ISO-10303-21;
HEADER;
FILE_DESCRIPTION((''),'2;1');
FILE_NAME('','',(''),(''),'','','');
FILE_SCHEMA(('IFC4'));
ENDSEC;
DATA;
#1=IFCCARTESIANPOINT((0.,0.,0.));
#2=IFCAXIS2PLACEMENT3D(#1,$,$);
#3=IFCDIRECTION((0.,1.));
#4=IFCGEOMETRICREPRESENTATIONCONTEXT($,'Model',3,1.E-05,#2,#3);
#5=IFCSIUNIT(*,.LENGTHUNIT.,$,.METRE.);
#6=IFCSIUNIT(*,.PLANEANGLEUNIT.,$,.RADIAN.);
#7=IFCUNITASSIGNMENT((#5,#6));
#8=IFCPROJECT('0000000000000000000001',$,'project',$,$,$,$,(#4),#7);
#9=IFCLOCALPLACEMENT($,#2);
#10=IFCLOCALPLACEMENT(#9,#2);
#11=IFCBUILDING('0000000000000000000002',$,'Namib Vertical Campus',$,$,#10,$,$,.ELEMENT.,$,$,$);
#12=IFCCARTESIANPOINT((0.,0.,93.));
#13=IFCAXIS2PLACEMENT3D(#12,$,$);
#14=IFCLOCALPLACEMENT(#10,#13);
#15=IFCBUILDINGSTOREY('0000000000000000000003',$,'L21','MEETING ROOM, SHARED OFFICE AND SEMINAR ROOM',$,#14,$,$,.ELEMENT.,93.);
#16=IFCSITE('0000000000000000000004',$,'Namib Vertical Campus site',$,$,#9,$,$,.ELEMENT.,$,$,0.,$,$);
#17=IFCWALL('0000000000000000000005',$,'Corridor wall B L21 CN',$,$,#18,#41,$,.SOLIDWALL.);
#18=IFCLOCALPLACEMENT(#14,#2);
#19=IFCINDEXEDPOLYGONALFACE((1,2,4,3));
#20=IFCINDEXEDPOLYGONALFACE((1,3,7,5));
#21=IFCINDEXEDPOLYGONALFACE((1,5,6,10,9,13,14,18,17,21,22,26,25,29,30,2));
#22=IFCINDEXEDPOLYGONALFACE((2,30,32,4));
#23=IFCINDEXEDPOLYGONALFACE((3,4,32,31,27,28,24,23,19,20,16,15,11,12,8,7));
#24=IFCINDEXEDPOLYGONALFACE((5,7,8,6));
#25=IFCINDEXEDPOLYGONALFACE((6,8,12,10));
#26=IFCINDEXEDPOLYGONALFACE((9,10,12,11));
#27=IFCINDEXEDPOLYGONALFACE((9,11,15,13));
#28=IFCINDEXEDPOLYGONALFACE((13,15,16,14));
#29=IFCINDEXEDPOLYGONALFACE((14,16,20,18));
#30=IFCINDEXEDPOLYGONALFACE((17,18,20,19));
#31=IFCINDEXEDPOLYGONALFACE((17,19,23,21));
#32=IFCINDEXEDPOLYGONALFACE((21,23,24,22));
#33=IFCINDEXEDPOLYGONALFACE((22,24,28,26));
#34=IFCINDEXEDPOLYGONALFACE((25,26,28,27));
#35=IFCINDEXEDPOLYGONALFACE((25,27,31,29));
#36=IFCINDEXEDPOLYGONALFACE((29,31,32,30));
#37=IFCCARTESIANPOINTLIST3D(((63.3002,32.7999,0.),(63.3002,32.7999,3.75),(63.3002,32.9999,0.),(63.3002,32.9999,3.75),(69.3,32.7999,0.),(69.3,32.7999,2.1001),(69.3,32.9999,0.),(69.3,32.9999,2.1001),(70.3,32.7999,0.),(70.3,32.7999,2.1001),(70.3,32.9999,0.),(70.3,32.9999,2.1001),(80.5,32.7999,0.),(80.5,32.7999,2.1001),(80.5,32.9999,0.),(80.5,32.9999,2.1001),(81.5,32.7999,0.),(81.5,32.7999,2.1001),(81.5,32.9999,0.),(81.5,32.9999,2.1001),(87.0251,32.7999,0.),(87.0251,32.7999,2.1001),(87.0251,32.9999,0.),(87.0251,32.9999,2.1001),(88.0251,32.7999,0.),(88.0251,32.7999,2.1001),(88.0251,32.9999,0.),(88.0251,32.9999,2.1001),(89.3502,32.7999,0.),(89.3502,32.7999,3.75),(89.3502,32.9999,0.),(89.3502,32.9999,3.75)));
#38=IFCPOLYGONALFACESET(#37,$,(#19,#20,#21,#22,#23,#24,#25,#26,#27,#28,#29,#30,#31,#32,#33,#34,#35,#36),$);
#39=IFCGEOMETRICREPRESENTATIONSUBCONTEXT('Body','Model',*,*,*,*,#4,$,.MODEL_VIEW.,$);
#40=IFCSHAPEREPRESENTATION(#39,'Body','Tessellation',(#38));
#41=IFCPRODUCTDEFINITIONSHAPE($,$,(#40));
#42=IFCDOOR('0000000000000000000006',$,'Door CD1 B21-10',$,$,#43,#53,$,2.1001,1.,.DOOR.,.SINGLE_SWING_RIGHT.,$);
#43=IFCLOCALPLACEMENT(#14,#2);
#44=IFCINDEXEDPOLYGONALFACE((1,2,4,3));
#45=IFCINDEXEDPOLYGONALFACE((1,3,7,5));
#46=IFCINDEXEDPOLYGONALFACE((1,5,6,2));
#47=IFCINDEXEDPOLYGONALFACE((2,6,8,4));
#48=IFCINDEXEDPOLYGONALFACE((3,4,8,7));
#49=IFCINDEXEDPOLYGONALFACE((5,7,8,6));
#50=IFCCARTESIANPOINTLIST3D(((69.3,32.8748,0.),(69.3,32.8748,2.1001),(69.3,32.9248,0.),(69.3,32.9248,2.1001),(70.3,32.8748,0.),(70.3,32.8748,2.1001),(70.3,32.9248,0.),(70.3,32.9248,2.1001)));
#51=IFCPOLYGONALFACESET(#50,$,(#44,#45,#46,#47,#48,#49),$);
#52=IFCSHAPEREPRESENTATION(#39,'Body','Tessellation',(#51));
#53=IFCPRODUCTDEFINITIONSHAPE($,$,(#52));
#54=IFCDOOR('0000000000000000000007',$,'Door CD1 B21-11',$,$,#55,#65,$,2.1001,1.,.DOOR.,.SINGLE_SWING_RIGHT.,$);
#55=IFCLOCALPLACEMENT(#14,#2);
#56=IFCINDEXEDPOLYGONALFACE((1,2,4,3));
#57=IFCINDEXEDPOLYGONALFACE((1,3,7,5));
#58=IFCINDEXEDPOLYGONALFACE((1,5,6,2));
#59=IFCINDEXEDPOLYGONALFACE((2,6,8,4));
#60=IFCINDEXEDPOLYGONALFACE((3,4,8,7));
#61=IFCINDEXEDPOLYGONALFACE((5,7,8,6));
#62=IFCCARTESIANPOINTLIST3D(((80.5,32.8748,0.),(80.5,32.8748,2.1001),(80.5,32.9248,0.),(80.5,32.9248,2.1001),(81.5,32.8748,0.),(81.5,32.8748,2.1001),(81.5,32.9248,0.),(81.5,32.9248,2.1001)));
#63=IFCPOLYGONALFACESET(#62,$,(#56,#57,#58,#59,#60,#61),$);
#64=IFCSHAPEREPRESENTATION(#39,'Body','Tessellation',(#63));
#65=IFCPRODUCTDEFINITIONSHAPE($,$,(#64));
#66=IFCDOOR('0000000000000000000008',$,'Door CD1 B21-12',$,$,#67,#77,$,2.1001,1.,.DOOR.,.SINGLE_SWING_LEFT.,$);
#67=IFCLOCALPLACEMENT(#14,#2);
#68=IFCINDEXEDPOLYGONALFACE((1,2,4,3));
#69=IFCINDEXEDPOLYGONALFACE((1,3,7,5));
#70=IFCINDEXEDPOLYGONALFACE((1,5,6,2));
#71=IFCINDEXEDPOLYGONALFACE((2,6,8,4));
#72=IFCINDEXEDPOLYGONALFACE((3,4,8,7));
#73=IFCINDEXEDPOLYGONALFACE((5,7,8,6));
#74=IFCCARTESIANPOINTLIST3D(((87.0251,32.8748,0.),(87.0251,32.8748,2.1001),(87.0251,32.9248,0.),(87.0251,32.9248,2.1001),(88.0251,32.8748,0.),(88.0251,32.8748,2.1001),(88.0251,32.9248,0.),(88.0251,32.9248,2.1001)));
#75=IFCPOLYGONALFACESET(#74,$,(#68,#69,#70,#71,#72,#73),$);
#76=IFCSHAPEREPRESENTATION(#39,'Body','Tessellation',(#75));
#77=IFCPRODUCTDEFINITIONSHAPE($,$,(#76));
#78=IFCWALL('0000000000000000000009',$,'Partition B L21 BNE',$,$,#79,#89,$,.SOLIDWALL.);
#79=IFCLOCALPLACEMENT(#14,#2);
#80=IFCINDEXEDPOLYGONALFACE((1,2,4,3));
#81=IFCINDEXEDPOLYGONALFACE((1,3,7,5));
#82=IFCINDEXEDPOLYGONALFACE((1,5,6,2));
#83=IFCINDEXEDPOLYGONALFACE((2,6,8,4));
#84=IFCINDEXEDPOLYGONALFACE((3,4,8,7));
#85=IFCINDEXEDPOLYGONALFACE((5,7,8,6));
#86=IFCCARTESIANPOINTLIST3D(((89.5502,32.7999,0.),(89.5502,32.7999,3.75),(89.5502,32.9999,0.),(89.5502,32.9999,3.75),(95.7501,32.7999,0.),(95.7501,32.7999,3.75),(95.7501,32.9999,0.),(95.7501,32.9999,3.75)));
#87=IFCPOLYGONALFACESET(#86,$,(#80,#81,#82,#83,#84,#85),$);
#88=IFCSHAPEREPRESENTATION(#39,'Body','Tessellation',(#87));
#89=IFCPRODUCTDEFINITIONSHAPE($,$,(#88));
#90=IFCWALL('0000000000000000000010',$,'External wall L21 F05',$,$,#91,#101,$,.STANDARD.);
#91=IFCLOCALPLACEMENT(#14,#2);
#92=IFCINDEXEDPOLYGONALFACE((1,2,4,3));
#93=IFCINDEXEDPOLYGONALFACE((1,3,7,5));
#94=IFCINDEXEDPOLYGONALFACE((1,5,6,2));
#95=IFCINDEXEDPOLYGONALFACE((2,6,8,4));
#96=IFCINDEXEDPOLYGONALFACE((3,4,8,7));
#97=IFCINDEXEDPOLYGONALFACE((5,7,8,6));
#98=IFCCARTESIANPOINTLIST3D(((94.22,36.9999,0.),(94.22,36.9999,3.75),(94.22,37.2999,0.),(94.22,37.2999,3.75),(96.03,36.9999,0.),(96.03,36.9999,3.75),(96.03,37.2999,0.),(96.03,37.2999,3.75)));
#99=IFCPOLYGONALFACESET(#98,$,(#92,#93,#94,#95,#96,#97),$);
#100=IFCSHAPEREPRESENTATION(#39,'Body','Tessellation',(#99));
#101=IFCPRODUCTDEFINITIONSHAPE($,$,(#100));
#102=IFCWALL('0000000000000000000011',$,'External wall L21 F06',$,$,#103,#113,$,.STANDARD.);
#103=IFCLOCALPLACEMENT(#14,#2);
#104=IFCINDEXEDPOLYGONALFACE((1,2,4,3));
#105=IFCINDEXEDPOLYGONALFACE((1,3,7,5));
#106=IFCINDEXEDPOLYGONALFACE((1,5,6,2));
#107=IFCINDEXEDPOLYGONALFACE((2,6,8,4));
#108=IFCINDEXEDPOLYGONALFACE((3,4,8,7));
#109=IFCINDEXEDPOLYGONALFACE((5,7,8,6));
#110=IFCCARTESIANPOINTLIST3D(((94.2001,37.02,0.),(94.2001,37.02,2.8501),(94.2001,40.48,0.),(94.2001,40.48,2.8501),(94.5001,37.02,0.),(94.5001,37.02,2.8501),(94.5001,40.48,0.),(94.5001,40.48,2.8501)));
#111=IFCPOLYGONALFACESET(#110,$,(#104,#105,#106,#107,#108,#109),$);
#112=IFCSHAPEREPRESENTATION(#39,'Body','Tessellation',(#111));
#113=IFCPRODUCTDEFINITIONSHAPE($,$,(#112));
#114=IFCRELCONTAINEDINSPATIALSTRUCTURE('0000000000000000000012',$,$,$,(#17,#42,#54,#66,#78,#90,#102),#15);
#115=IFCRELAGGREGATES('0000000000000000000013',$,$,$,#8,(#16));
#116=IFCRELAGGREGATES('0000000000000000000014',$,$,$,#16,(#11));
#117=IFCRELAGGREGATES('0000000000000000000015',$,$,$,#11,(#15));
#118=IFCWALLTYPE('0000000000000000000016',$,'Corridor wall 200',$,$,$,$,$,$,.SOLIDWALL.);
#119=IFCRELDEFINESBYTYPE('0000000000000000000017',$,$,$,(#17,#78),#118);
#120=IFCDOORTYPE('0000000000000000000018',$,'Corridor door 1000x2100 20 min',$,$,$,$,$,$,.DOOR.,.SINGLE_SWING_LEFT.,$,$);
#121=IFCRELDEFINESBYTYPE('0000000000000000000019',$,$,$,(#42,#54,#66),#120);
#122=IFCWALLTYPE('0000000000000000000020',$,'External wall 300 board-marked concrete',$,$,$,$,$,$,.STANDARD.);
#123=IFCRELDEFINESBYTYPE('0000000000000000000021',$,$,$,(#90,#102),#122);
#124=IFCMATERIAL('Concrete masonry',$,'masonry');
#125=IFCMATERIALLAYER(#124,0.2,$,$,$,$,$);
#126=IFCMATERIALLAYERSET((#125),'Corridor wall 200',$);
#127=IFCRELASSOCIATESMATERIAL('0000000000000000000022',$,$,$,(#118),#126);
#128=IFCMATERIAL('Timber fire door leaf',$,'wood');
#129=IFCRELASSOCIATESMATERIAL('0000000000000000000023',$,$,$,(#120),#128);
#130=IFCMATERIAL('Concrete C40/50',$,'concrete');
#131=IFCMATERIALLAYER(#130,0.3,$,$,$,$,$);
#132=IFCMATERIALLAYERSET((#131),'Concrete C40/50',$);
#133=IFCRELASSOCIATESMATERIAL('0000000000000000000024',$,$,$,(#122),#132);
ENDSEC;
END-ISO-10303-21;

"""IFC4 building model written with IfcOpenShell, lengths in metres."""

from ifc_helpers import new_model, si_unit, direction, frame, frame_2d, origin, place, context, subcontext, project, spatial, rectangle, extrude, material, layer, layer_set, type_object, element, fill, save


model = new_model("IFC4")

# Units and contexts
model_context = context("Model", 3, precision=1e-05, world=origin(), true_north=direction((0.0, 1.0)))
body_context = subcontext(model_context, "Body", "Model", "MODEL_VIEW")
ifc_project = project(units=[si_unit("LENGTHUNIT", "METRE"), si_unit("PLANEANGLEUNIT", "RADIAN")], contexts=[model_context])

# Site, building, storey
site_placement = place(None, origin())
site = spatial("IfcSite", under=ifc_project, at=site_placement, Name="Namib Vertical Campus site", CompositionType="ELEMENT", RefElevation=0.0)
building_placement = place(site_placement, origin())
building = spatial("IfcBuilding", under=site, at=building_placement, Name="Namib Vertical Campus", CompositionType="ELEMENT")
storey_placement = place(building_placement, frame((0.0, 0.0, 93.0)))
storey = spatial("IfcBuildingStorey", under=building, at=storey_placement, Name="L21", Description="MEETING ROOM, SHARED OFFICE AND SEMINAR ROOM", CompositionType="ELEMENT", Elevation=93.0)

# Wall, openings, doors
ifc_material_1 = material(Name="Concrete masonry", Category="masonry")
ifc_layer_1 = layer(ifc_material_1, 0.2)
ifc_layer_set_1 = layer_set([ifc_layer_1], Name="Corridor wall 200")
wall_type_1 = type_object("IfcWallType", Name="Corridor wall 200", PredefinedType="SOLIDWALL", material=ifc_layer_set_1)
wall_1_placement = place(storey_placement, frame((89.3501, 32.8999, 0.0), z_axis=(0.0, 0.0, 1.0), x_axis=(-1.0, 0.0, 0.0)))
wall_1 = element("IfcWall", 1, at=wall_1_placement, inside=storey, type_object=wall_type_1, Name="Corridor wall B L21 CN", PredefinedType="SOLIDWALL", context=body_context, shape_type="SweptSolid", body=[
    extrude(rectangle(XDim=26.05, YDim=0.2, at=frame_2d((13.0249, 0.0))), origin(), (0.0, 0.0, 1.0), 3.75),
])
opening_1_placement = place(wall_1_placement, frame((19.05, 0.0, 0.0)))
opening_1 = element("IfcOpeningElement", 2, at=opening_1_placement, cuts=wall_1, PredefinedType="OPENING", context=body_context, shape_type="SweptSolid", body=[
    extrude(rectangle(XDim=1.0, YDim=2.1001, at=frame_2d((0.5, 1.05))), frame((0.0, 0.1099, 0.0), z_axis=(0.0, -1.0, 0.0), x_axis=(1.0, 0.0, 0.0)), (0.0, 0.0, 1.0), 0.22),
])
opening_2_placement = place(wall_1_placement, frame((7.8501, 0.0, 0.0)))
opening_2 = element("IfcOpeningElement", 3, at=opening_2_placement, cuts=wall_1, PredefinedType="OPENING", context=body_context, shape_type="SweptSolid", body=[
    extrude(rectangle(XDim=1.0, YDim=2.1001, at=frame_2d((0.5, 1.05))), frame((0.0, 0.1099, 0.0), z_axis=(0.0, -1.0, 0.0), x_axis=(1.0, 0.0, 0.0)), (0.0, 0.0, 1.0), 0.22),
])
opening_3_placement = place(wall_1_placement, frame((1.325, 0.0, 0.0)))
opening_3 = element("IfcOpeningElement", 4, at=opening_3_placement, cuts=wall_1, PredefinedType="OPENING", context=body_context, shape_type="SweptSolid", body=[
    extrude(rectangle(XDim=1.0, YDim=2.1001, at=frame_2d((0.5, 1.05))), frame((0.0, 0.1099, 0.0), z_axis=(0.0, -1.0, 0.0), x_axis=(1.0, 0.0, 0.0)), (0.0, 0.0, 1.0), 0.22),
])
ifc_material_2 = material(Name="Timber fire door leaf", Category="wood")
door_type_1 = type_object("IfcDoorType", Name="Corridor door 1000x2100 20 min", OperationType="SINGLE_SWING_LEFT", PredefinedType="DOOR", material=ifc_material_2)
door_1_placement = place(opening_1_placement, frame((1.0, 0.0, 0.0), z_axis=(0.0, 0.0, 1.0), x_axis=(-1.0, 0.0, 0.0)))
door_1 = element("IfcDoor", 5, at=door_1_placement, inside=storey, type_object=door_type_1, Name="Door CD1 B21-10", OperationType="SINGLE_SWING_RIGHT", OverallHeight=2.1001, OverallWidth=1.0, PredefinedType="DOOR", context=body_context, shape_type="SweptSolid", body=[
    extrude(rectangle(XDim=1.0, YDim=2.1001, at=frame_2d((0.5, 1.05))), frame((0.0, 0.0249, 0.0), z_axis=(0.0, -1.0, 0.0), x_axis=(1.0, 0.0, 0.0)), (0.0, 0.0, 1.0), 0.05),
])
fill(opening_1, door_1)
door_2_placement = place(opening_2_placement, frame((1.0, 0.0, 0.0), z_axis=(0.0, 0.0, 1.0), x_axis=(-1.0, 0.0, 0.0)))
door_2 = element("IfcDoor", 6, at=door_2_placement, inside=storey, type_object=door_type_1, Name="Door CD1 B21-11", OperationType="SINGLE_SWING_RIGHT", OverallHeight=2.1001, OverallWidth=1.0, PredefinedType="DOOR", context=body_context, shape_type="SweptSolid", body=[
    extrude(rectangle(XDim=1.0, YDim=2.1001, at=frame_2d((0.5, 1.05))), frame((0.0, 0.0249, 0.0), z_axis=(0.0, -1.0, 0.0), x_axis=(1.0, 0.0, 0.0)), (0.0, 0.0, 1.0), 0.05),
])
fill(opening_2, door_2)
door_3_placement = place(opening_3_placement, frame((1.0, 0.0, 0.0), z_axis=(0.0, 0.0, 1.0), x_axis=(-1.0, 0.0, 0.0)))
door_3 = element("IfcDoor", 7, at=door_3_placement, inside=storey, type_object=door_type_1, Name="Door CD1 B21-12", OperationType="SINGLE_SWING_LEFT", OverallHeight=2.1001, OverallWidth=1.0, PredefinedType="DOOR", context=body_context, shape_type="SweptSolid", body=[
    extrude(rectangle(XDim=1.0, YDim=2.1001, at=frame_2d((0.5, 1.05))), frame((0.0, 0.0249, 0.0), z_axis=(0.0, -1.0, 0.0), x_axis=(1.0, 0.0, 0.0)), (0.0, 0.0, 1.0), 0.05),
])
fill(opening_3, door_3)

# Walls
wall_2_placement = place(storey_placement, frame((89.55, 32.8999, 0.0), z_axis=(0.0, 0.0, 1.0), x_axis=(1.0, 0.0, 0.0)))
element("IfcWall", 8, at=wall_2_placement, inside=storey, type_object=wall_type_1, Name="Partition B L21 BNE", PredefinedType="SOLIDWALL", context=body_context, shape_type="SweptSolid", body=[
    extrude(rectangle(XDim=6.2, YDim=0.2, at=frame_2d((3.1001, 0.0))), origin(), (0.0, 0.0, 1.0), 3.75),
])
ifc_material_3 = material(Name="Concrete C40/50", Category="concrete")
ifc_layer_2 = layer(ifc_material_3, 0.3)
ifc_layer_set_2 = layer_set([ifc_layer_2], Name="Concrete C40/50")
wall_type_2 = type_object("IfcWallType", Name="External wall 300 board-marked concrete", PredefinedType="STANDARD", material=ifc_layer_set_2)
wall_3_placement = place(storey_placement, frame((96.03, 37.1499, 0.0), z_axis=(0.0, 0.0, 1.0), x_axis=(-1.0, 0.0, 0.0)))
element("IfcWall", 9, at=wall_3_placement, inside=storey, type_object=wall_type_2, Name="External wall L21 F05", PredefinedType="STANDARD", context=body_context, shape_type="SweptSolid", body=[
    extrude(rectangle(XDim=1.8101, YDim=0.3, at=frame_2d((0.905, 0.0))), origin(), (0.0, 0.0, 1.0), 3.75),
])
wall_4_placement = place(storey_placement, frame((94.3501, 37.02, 0.0), z_axis=(0.0, 0.0, 1.0), x_axis=(0.0, 1.0, 0.0)))
element("IfcWall", 10, at=wall_4_placement, inside=storey, type_object=wall_type_2, Name="External wall L21 F06", PredefinedType="STANDARD", context=body_context, shape_type="SweptSolid", body=[
    extrude(rectangle(XDim=3.46, YDim=0.3, at=frame_2d((1.73, 0.0))), origin(), (0.0, 0.0, 1.0), 2.8501),
])

save(model, "model.ifc")
